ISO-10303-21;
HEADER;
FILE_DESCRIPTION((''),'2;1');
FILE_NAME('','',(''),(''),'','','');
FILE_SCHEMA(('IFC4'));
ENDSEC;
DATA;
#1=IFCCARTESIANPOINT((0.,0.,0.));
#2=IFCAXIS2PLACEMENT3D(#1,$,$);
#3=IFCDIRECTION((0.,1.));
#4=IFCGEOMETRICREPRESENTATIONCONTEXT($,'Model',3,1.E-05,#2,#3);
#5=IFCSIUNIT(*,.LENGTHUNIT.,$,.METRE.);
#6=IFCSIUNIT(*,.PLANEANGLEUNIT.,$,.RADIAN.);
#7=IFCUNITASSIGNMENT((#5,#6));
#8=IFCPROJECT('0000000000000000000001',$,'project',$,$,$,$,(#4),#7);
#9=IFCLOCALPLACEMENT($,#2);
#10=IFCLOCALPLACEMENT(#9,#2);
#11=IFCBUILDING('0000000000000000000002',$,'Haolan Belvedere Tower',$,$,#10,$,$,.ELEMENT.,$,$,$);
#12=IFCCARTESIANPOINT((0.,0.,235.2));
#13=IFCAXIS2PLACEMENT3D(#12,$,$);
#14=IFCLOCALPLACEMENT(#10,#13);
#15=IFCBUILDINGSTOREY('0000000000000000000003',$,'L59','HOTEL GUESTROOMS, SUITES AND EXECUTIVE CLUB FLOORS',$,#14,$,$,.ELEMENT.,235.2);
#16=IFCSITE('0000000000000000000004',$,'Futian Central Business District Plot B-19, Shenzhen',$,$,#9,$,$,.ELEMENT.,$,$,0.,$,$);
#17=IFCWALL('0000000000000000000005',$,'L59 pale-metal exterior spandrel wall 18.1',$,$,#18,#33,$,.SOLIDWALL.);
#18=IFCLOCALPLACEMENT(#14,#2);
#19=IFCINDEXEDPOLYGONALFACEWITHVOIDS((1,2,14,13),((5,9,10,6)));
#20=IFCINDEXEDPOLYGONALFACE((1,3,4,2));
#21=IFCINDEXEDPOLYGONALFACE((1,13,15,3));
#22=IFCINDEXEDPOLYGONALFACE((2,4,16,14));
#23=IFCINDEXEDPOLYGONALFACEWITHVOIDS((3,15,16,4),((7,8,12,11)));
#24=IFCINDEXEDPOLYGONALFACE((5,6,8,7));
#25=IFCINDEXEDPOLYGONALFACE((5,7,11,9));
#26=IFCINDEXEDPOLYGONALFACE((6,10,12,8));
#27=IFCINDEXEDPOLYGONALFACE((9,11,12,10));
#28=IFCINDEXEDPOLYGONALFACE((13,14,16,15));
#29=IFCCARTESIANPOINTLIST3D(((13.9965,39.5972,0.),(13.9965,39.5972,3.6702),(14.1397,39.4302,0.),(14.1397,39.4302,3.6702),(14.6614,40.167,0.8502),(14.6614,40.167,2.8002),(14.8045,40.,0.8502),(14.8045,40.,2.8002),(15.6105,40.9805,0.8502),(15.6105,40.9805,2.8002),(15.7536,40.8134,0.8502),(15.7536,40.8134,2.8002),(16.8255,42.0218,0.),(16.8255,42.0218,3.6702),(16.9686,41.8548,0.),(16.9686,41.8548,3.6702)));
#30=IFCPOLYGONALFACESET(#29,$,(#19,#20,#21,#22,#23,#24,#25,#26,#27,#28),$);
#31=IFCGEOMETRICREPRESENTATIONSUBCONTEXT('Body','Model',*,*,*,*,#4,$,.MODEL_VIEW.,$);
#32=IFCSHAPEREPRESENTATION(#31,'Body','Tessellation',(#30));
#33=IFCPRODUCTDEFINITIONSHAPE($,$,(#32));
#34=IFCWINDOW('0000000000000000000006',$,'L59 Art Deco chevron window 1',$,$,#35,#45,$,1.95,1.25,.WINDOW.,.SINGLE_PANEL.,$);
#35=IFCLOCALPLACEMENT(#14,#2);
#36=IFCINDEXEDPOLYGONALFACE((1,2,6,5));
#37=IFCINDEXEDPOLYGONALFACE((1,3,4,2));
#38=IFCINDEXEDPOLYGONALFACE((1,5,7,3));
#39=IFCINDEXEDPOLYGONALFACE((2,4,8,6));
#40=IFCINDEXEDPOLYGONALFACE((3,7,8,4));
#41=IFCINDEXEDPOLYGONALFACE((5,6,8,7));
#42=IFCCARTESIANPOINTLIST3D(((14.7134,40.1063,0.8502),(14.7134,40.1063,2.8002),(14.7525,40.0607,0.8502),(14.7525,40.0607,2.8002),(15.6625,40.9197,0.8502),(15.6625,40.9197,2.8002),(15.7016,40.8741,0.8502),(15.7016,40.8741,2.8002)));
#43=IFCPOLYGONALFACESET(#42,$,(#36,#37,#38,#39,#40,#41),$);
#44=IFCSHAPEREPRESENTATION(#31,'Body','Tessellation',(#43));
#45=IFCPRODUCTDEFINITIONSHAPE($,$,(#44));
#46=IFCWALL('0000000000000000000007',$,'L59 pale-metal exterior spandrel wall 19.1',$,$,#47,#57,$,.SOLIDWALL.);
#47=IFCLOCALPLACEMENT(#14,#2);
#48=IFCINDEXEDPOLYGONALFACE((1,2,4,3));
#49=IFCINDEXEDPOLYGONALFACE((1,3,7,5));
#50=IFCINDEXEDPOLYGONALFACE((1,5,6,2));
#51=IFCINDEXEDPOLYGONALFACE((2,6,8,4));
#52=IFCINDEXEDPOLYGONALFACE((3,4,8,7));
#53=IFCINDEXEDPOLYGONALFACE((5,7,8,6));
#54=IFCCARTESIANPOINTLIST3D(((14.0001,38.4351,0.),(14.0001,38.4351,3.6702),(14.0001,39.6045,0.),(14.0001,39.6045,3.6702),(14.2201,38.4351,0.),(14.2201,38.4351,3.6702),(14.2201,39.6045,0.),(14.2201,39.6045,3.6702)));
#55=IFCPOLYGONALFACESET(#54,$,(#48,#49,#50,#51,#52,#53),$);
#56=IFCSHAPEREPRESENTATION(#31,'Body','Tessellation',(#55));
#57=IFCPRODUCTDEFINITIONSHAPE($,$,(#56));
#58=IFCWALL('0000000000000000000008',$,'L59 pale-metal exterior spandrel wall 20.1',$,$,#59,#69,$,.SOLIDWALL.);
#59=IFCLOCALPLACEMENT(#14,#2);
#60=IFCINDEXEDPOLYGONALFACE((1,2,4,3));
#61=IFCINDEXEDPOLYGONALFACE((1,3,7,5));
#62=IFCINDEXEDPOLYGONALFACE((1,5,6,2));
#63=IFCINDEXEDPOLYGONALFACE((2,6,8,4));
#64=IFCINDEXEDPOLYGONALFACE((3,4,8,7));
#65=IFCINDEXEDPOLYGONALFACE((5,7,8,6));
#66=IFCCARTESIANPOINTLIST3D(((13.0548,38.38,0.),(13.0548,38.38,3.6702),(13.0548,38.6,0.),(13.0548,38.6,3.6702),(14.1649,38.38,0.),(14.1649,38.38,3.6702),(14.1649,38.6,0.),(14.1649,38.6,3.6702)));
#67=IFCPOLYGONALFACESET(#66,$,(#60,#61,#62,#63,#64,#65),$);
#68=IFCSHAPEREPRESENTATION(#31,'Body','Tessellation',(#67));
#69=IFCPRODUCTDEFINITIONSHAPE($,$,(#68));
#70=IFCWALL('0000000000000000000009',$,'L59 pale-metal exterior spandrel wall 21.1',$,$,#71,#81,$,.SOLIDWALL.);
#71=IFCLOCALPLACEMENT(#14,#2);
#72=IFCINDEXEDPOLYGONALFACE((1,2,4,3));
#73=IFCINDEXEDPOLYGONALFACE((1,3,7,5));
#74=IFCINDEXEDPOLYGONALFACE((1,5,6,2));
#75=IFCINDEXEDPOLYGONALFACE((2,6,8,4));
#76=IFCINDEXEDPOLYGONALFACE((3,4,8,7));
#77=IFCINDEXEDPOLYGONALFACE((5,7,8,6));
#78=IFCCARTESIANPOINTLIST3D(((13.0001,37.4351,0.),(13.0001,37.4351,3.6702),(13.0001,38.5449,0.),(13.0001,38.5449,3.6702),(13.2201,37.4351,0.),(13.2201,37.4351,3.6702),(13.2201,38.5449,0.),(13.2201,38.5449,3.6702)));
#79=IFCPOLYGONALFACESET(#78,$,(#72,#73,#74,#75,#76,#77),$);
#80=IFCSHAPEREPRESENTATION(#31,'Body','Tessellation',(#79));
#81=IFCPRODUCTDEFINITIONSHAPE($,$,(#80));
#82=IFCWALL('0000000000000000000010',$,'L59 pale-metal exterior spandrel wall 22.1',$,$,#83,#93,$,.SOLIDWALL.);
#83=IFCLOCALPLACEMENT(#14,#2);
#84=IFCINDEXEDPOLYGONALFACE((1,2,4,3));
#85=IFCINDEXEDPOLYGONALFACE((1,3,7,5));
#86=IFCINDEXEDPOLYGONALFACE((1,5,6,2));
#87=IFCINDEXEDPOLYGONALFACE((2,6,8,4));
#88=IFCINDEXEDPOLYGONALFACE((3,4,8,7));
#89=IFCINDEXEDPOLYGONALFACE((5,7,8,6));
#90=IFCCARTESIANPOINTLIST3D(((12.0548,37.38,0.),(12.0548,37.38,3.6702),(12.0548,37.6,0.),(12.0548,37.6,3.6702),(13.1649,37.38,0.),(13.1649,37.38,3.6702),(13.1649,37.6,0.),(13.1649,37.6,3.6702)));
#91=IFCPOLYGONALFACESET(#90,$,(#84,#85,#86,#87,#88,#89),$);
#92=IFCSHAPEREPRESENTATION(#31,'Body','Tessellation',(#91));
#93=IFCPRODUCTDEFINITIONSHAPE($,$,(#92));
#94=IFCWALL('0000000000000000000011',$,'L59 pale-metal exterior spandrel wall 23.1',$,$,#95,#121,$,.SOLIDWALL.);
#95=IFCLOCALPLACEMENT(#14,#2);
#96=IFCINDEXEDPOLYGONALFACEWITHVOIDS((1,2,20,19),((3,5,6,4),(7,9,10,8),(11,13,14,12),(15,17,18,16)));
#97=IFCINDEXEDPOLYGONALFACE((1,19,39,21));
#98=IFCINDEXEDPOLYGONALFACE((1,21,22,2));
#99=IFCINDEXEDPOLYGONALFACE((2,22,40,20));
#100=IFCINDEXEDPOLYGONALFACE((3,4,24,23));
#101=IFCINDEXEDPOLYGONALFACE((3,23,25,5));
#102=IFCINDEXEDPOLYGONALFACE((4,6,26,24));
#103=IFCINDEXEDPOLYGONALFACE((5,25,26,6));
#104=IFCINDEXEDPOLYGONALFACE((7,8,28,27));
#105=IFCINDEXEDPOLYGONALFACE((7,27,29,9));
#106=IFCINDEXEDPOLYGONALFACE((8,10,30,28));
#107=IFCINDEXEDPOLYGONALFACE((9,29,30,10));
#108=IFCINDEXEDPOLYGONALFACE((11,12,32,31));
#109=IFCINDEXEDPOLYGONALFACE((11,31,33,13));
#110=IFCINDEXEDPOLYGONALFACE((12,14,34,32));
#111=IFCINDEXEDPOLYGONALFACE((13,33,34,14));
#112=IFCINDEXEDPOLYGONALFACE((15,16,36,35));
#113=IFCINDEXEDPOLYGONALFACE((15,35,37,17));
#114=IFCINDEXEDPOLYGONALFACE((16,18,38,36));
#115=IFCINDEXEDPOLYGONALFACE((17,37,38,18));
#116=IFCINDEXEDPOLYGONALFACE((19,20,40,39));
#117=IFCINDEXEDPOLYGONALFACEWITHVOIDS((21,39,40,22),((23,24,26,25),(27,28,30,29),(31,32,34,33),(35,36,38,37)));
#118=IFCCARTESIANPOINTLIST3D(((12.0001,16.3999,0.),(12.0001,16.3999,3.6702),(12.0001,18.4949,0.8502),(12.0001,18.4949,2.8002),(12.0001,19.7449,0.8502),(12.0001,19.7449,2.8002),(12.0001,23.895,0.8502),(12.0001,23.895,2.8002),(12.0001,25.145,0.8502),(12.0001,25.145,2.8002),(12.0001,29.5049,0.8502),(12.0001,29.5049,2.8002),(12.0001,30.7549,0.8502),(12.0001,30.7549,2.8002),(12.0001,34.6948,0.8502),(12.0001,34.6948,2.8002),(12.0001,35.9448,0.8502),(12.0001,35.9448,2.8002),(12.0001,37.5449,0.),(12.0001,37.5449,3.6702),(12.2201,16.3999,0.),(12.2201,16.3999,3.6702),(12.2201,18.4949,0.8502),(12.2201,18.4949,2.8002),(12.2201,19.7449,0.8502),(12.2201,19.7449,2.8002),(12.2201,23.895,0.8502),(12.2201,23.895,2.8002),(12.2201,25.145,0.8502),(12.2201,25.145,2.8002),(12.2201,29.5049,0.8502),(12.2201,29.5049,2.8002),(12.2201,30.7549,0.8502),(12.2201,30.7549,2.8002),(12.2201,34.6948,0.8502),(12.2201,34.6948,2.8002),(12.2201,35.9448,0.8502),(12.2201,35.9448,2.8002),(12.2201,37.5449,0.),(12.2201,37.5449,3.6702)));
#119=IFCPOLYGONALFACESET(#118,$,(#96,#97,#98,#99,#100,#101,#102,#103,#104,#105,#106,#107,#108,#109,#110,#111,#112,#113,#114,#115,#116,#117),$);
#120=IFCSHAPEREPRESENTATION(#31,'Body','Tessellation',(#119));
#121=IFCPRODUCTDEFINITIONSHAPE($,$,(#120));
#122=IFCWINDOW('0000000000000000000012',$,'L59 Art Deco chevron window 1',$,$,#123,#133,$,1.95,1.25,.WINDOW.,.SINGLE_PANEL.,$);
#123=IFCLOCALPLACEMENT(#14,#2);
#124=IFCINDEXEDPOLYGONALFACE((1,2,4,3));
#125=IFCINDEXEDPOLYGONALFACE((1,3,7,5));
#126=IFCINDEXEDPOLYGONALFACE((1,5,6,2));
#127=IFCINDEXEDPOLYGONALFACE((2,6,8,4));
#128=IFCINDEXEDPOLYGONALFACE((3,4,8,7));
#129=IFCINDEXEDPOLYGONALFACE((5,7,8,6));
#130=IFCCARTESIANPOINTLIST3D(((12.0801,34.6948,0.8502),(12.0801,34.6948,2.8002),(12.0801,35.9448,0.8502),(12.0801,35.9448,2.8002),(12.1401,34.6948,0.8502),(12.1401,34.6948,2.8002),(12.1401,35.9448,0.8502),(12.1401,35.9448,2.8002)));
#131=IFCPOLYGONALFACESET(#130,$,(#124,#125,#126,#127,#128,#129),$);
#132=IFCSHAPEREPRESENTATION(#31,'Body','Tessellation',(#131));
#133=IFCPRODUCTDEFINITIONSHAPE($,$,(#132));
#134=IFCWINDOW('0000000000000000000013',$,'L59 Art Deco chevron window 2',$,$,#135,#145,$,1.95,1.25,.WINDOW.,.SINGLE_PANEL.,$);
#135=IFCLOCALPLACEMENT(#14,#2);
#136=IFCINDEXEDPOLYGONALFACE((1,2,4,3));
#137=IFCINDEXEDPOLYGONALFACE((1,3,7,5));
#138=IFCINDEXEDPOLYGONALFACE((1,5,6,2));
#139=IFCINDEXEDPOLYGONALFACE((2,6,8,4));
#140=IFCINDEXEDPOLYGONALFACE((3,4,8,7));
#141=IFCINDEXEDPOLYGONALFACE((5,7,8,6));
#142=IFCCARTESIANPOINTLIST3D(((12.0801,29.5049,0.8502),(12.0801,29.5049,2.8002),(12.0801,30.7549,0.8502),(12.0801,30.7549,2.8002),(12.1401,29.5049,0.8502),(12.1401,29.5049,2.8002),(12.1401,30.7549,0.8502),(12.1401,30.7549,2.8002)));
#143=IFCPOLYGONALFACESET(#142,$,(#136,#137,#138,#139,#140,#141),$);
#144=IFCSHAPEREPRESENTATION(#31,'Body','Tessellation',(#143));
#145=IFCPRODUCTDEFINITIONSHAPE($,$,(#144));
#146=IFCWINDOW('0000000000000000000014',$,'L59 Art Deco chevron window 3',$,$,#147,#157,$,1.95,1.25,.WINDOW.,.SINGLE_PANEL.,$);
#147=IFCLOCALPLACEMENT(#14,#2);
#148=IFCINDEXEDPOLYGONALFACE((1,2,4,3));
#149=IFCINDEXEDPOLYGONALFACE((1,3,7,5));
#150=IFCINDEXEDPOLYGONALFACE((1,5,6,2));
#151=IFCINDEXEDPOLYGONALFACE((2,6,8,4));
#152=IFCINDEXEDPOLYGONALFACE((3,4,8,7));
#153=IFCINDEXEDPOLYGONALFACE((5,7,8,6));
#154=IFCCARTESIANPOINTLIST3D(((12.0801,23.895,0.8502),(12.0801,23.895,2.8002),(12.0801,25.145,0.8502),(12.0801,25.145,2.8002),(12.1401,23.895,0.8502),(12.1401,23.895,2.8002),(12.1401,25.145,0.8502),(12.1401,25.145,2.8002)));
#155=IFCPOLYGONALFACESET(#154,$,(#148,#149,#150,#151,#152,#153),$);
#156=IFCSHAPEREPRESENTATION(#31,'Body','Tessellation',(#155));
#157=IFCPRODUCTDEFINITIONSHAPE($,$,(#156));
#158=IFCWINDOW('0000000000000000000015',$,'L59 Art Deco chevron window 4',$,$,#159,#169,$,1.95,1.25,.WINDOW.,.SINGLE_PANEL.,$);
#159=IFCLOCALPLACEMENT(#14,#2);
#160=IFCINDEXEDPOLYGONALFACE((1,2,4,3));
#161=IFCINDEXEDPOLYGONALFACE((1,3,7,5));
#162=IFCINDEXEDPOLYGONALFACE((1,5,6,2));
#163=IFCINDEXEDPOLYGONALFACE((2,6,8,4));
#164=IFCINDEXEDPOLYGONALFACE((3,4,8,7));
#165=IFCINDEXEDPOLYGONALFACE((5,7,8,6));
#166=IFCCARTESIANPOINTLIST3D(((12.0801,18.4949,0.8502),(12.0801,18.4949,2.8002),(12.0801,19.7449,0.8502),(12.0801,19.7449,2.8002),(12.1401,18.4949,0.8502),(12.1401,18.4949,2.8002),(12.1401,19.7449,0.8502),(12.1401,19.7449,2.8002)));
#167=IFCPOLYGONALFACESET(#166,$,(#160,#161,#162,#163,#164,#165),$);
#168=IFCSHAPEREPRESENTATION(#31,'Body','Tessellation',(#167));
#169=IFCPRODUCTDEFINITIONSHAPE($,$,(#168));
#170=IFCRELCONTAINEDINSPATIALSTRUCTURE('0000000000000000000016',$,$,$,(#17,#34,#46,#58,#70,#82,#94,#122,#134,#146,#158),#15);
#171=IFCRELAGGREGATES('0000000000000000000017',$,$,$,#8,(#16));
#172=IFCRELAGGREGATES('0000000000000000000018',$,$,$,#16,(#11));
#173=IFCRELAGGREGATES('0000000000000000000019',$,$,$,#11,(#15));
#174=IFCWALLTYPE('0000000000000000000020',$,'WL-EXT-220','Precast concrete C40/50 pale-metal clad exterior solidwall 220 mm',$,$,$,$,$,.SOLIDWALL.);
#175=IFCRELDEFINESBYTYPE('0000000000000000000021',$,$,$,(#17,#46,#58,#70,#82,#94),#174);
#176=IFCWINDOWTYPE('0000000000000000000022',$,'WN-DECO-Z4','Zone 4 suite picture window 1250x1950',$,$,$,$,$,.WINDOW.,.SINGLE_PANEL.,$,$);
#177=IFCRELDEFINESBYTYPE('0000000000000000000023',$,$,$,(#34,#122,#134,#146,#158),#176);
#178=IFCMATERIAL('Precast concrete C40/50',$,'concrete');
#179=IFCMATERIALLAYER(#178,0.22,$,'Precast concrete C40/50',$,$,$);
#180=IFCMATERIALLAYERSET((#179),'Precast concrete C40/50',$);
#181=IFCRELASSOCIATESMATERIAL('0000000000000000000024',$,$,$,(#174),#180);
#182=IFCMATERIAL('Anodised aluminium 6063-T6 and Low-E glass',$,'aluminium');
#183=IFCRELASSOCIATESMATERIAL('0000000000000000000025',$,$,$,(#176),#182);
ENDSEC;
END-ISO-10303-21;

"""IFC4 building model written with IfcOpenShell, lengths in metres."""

from ifc_helpers import new_model, si_unit, direction, frame, frame_2d, origin, place, context, subcontext, project, spatial, rectangle, extrude, material, layer, layer_set, type_object, element, fill, save


model = new_model("IFC4")

# Units and contexts
model_context = context("Model", 3, precision=1e-05, world=origin(), true_north=direction((0.0, 1.0)))
body_context = subcontext(model_context, "Body", "Model", "MODEL_VIEW")
ifc_project = project(units=[si_unit("LENGTHUNIT", "METRE"), si_unit("PLANEANGLEUNIT", "RADIAN")], contexts=[model_context])

# Site, building, storey
site_placement = place(None, origin())
site = spatial("IfcSite", under=ifc_project, at=site_placement, Name="Futian Central Business District Plot B-19, Shenzhen", CompositionType="ELEMENT", RefElevation=0.0)
building_placement = place(site_placement, origin())
building = spatial("IfcBuilding", under=site, at=building_placement, Name="Haolan Belvedere Tower", CompositionType="ELEMENT")
storey_placement = place(building_placement, frame((0.0, 0.0, 235.2)))
storey = spatial("IfcBuildingStorey", under=building, at=storey_placement, Name="L59", Description="HOTEL GUESTROOMS, SUITES AND EXECUTIVE CLUB FLOORS", CompositionType="ELEMENT", Elevation=235.2)

# Shared definitions
ifc_material_1 = material(Name="Precast concrete C40/50", Category="concrete")
ifc_layer_1 = layer(ifc_material_1, 0.22, Name="Precast concrete C40/50")
ifc_layer_set_1 = layer_set([ifc_layer_1], Name="Precast concrete C40/50")
wall_type_1 = type_object("IfcWallType", Name="WL-EXT-220", Description="Precast concrete C40/50 pale-metal clad exterior solidwall 220 mm", PredefinedType="SOLIDWALL", material=ifc_layer_set_1)

# Wall, opening, window
wall_1_placement = place(storey_placement, frame((16.897, 41.9382, 0.0), z_axis=(0.0, 0.0, 1.0), x_axis=(-0.75928, -0.650764, 0.0)))
wall_1 = element("IfcWall", 1, at=wall_1_placement, inside=storey, type_object=wall_type_1, Name="L59 pale-metal exterior spandrel wall 18.1", PredefinedType="SOLIDWALL", context=body_context, shape_type="SweptSolid", body=[
    extrude(rectangle(XDim=3.7258, YDim=0.22, at=frame_2d((1.8628, 0.0))), origin(), (0.0, 0.0, 1.0), 3.6702),
])
opening_1_placement = place(wall_1_placement, frame((1.6001, 0.0, 0.8501)))
opening_1 = element("IfcOpeningElement", 2, at=opening_1_placement, cuts=wall_1, PredefinedType="OPENING", context=body_context, shape_type="SweptSolid", body=[
    extrude(rectangle(XDim=1.25, YDim=1.95, at=frame_2d((0.625, 0.9751))), frame((0.0, 0.1199, 0.0), z_axis=(0.0, -1.0, 0.0), x_axis=(1.0, 0.0, 0.0)), (0.0, 0.0, 1.0), 0.24),
])
ifc_material_2 = material(Name="Anodised aluminium 6063-T6 and Low-E glass", Category="aluminium")
window_type = type_object("IfcWindowType", Name="WN-DECO-Z4", Description="Zone 4 suite picture window 1250x1950", PartitioningType="SINGLE_PANEL", PredefinedType="WINDOW", material=ifc_material_2)
window_1_placement = place(opening_1_placement, origin())
window_1 = element("IfcWindow", 3, at=window_1_placement, inside=storey, type_object=window_type, Name="L59 Art Deco chevron window 1", OverallHeight=1.95, OverallWidth=1.25, PartitioningType="SINGLE_PANEL", PredefinedType="WINDOW", context=body_context, shape_type="SweptSolid", body=[
    extrude(rectangle(XDim=1.25, YDim=1.95, at=frame_2d((0.625, 0.9751))), frame((0.0, 0.03, 0.0), z_axis=(0.0, -1.0, 0.0), x_axis=(1.0, 0.0, 0.0)), (0.0, 0.0, 1.0), 0.0601),
])
fill(opening_1, window_1)

# Walls
wall_2_placement = place(storey_placement, frame((14.1101, 39.6045, 0.0), z_axis=(0.0, 0.0, 1.0), x_axis=(0.0, -1.0, 0.0)))
element("IfcWall", 4, at=wall_2_placement, inside=storey, type_object=wall_type_1, Name="L59 pale-metal exterior spandrel wall 19.1", PredefinedType="SOLIDWALL", context=body_context, shape_type="SweptSolid", body=[
    extrude(rectangle(XDim=1.1694, YDim=0.22, at=frame_2d((0.5847, 0.0))), origin(), (0.0, 0.0, 1.0), 3.6702),
])
wall_3_placement = place(storey_placement, frame((14.165, 38.49, 0.0), z_axis=(0.0, 0.0, 1.0), x_axis=(-1.0, 0.0, 0.0)))
element("IfcWall", 5, at=wall_3_placement, inside=storey, type_object=wall_type_1, Name="L59 pale-metal exterior spandrel wall 20.1", PredefinedType="SOLIDWALL", context=body_context, shape_type="SweptSolid", body=[
    extrude(rectangle(XDim=1.1101, YDim=0.22, at=frame_2d((0.5552, 0.0))), origin(), (0.0, 0.0, 1.0), 3.6702),
])
wall_4_placement = place(storey_placement, frame((13.1101, 38.5449, 0.0), z_axis=(0.0, 0.0, 1.0), x_axis=(0.0, -1.0, 0.0)))
element("IfcWall", 6, at=wall_4_placement, inside=storey, type_object=wall_type_1, Name="L59 pale-metal exterior spandrel wall 21.1", PredefinedType="SOLIDWALL", context=body_context, shape_type="SweptSolid", body=[
    extrude(rectangle(XDim=1.1099, YDim=0.22, at=frame_2d((0.5549, 0.0))), origin(), (0.0, 0.0, 1.0), 3.6702),
])
wall_5_placement = place(storey_placement, frame((13.165, 37.49, 0.0), z_axis=(0.0, 0.0, 1.0), x_axis=(-1.0, 0.0, 0.0)))
element("IfcWall", 7, at=wall_5_placement, inside=storey, type_object=wall_type_1, Name="L59 pale-metal exterior spandrel wall 22.1", PredefinedType="SOLIDWALL", context=body_context, shape_type="SweptSolid", body=[
    extrude(rectangle(XDim=1.1101, YDim=0.22, at=frame_2d((0.5552, 0.0))), origin(), (0.0, 0.0, 1.0), 3.6702),
])

# Wall, openings, windows
wall_6_placement = place(storey_placement, frame((12.1101, 37.5449, 0.0), z_axis=(0.0, 0.0, 1.0), x_axis=(0.0, -1.0, 0.0)))
wall_6 = element("IfcWall", 8, at=wall_6_placement, inside=storey, type_object=wall_type_1, Name="L59 pale-metal exterior spandrel wall 23.1", PredefinedType="SOLIDWALL", context=body_context, shape_type="SweptSolid", body=[
    extrude(rectangle(XDim=21.145, YDim=0.22, at=frame_2d((10.5725, 0.0))), origin(), (0.0, 0.0, 1.0), 3.6702),
])
opening_2_placement = place(wall_6_placement, frame((1.6001, 0.0, 0.8501)))
opening_2 = element("IfcOpeningElement", 9, at=opening_2_placement, cuts=wall_6, PredefinedType="OPENING", context=body_context, shape_type="SweptSolid", body=[
    extrude(rectangle(XDim=1.25, YDim=1.95, at=frame_2d((0.625, 0.9751))), frame((0.0, 0.1199, 0.0), z_axis=(0.0, -1.0, 0.0), x_axis=(1.0, 0.0, 0.0)), (0.0, 0.0, 1.0), 0.24),
])
opening_3_placement = place(wall_6_placement, frame((6.79, 0.0, 0.8501)))
opening_3 = element("IfcOpeningElement", 10, at=opening_3_placement, cuts=wall_6, PredefinedType="OPENING", context=body_context, shape_type="SweptSolid", body=[
    extrude(rectangle(XDim=1.25, YDim=1.95, at=frame_2d((0.625, 0.9751))), frame((0.0, 0.1199, 0.0), z_axis=(0.0, -1.0, 0.0), x_axis=(1.0, 0.0, 0.0)), (0.0, 0.0, 1.0), 0.24),
])
opening_4_placement = place(wall_6_placement, frame((12.3999, 0.0, 0.8501)))
opening_4 = element("IfcOpeningElement", 11, at=opening_4_placement, cuts=wall_6, PredefinedType="OPENING", context=body_context, shape_type="SweptSolid", body=[
    extrude(rectangle(XDim=1.25, YDim=1.95, at=frame_2d((0.625, 0.9751))), frame((0.0, 0.1199, 0.0), z_axis=(0.0, -1.0, 0.0), x_axis=(1.0, 0.0, 0.0)), (0.0, 0.0, 1.0), 0.24),
])
opening_5_placement = place(wall_6_placement, frame((17.8, 0.0, 0.8501)))
opening_5 = element("IfcOpeningElement", 12, at=opening_5_placement, cuts=wall_6, PredefinedType="OPENING", context=body_context, shape_type="SweptSolid", body=[
    extrude(rectangle(XDim=1.25, YDim=1.95, at=frame_2d((0.625, 0.9751))), frame((0.0, 0.1199, 0.0), z_axis=(0.0, -1.0, 0.0), x_axis=(1.0, 0.0, 0.0)), (0.0, 0.0, 1.0), 0.24),
])
window_2_placement = place(opening_2_placement, origin())
window_2 = element("IfcWindow", 13, at=window_2_placement, inside=storey, type_object=window_type, Name="L59 Art Deco chevron window 1", OverallHeight=1.95, OverallWidth=1.25, PartitioningType="SINGLE_PANEL", PredefinedType="WINDOW", context=body_context, shape_type="SweptSolid", body=[
    extrude(rectangle(XDim=1.25, YDim=1.95, at=frame_2d((0.625, 0.9751))), frame((0.0, 0.03, 0.0), z_axis=(0.0, -1.0, 0.0), x_axis=(1.0, 0.0, 0.0)), (0.0, 0.0, 1.0), 0.0601),
])
fill(opening_2, window_2)
window_3_placement = place(opening_3_placement, origin())
window_3 = element("IfcWindow", 14, at=window_3_placement, inside=storey, type_object=window_type, Name="L59 Art Deco chevron window 2", OverallHeight=1.95, OverallWidth=1.25, PartitioningType="SINGLE_PANEL", PredefinedType="WINDOW", context=body_context, shape_type="SweptSolid", body=[
    extrude(rectangle(XDim=1.25, YDim=1.95, at=frame_2d((0.625, 0.9751))), frame((0.0, 0.03, 0.0), z_axis=(0.0, -1.0, 0.0), x_axis=(1.0, 0.0, 0.0)), (0.0, 0.0, 1.0), 0.0601),
])
fill(opening_3, window_3)
window_4_placement = place(opening_4_placement, origin())
window_4 = element("IfcWindow", 15, at=window_4_placement, inside=storey, type_object=window_type, Name="L59 Art Deco chevron window 3", OverallHeight=1.95, OverallWidth=1.25, PartitioningType="SINGLE_PANEL", PredefinedType="WINDOW", context=body_context, shape_type="SweptSolid", body=[
    extrude(rectangle(XDim=1.25, YDim=1.95, at=frame_2d((0.625, 0.9751))), frame((0.0, 0.03, 0.0), z_axis=(0.0, -1.0, 0.0), x_axis=(1.0, 0.0, 0.0)), (0.0, 0.0, 1.0), 0.0601),
])
fill(opening_4, window_4)
window_5_placement = place(opening_5_placement, origin())
window_5 = element("IfcWindow", 16, at=window_5_placement, inside=storey, type_object=window_type, Name="L59 Art Deco chevron window 4", OverallHeight=1.95, OverallWidth=1.25, PartitioningType="SINGLE_PANEL", PredefinedType="WINDOW", context=body_context, shape_type="SweptSolid", body=[
    extrude(rectangle(XDim=1.25, YDim=1.95, at=frame_2d((0.625, 0.9751))), frame((0.0, 0.03, 0.0), z_axis=(0.0, -1.0, 0.0), x_axis=(1.0, 0.0, 0.0)), (0.0, 0.0, 1.0), 0.0601),
])
fill(opening_5, window_5)

save(model, "model.ifc")
